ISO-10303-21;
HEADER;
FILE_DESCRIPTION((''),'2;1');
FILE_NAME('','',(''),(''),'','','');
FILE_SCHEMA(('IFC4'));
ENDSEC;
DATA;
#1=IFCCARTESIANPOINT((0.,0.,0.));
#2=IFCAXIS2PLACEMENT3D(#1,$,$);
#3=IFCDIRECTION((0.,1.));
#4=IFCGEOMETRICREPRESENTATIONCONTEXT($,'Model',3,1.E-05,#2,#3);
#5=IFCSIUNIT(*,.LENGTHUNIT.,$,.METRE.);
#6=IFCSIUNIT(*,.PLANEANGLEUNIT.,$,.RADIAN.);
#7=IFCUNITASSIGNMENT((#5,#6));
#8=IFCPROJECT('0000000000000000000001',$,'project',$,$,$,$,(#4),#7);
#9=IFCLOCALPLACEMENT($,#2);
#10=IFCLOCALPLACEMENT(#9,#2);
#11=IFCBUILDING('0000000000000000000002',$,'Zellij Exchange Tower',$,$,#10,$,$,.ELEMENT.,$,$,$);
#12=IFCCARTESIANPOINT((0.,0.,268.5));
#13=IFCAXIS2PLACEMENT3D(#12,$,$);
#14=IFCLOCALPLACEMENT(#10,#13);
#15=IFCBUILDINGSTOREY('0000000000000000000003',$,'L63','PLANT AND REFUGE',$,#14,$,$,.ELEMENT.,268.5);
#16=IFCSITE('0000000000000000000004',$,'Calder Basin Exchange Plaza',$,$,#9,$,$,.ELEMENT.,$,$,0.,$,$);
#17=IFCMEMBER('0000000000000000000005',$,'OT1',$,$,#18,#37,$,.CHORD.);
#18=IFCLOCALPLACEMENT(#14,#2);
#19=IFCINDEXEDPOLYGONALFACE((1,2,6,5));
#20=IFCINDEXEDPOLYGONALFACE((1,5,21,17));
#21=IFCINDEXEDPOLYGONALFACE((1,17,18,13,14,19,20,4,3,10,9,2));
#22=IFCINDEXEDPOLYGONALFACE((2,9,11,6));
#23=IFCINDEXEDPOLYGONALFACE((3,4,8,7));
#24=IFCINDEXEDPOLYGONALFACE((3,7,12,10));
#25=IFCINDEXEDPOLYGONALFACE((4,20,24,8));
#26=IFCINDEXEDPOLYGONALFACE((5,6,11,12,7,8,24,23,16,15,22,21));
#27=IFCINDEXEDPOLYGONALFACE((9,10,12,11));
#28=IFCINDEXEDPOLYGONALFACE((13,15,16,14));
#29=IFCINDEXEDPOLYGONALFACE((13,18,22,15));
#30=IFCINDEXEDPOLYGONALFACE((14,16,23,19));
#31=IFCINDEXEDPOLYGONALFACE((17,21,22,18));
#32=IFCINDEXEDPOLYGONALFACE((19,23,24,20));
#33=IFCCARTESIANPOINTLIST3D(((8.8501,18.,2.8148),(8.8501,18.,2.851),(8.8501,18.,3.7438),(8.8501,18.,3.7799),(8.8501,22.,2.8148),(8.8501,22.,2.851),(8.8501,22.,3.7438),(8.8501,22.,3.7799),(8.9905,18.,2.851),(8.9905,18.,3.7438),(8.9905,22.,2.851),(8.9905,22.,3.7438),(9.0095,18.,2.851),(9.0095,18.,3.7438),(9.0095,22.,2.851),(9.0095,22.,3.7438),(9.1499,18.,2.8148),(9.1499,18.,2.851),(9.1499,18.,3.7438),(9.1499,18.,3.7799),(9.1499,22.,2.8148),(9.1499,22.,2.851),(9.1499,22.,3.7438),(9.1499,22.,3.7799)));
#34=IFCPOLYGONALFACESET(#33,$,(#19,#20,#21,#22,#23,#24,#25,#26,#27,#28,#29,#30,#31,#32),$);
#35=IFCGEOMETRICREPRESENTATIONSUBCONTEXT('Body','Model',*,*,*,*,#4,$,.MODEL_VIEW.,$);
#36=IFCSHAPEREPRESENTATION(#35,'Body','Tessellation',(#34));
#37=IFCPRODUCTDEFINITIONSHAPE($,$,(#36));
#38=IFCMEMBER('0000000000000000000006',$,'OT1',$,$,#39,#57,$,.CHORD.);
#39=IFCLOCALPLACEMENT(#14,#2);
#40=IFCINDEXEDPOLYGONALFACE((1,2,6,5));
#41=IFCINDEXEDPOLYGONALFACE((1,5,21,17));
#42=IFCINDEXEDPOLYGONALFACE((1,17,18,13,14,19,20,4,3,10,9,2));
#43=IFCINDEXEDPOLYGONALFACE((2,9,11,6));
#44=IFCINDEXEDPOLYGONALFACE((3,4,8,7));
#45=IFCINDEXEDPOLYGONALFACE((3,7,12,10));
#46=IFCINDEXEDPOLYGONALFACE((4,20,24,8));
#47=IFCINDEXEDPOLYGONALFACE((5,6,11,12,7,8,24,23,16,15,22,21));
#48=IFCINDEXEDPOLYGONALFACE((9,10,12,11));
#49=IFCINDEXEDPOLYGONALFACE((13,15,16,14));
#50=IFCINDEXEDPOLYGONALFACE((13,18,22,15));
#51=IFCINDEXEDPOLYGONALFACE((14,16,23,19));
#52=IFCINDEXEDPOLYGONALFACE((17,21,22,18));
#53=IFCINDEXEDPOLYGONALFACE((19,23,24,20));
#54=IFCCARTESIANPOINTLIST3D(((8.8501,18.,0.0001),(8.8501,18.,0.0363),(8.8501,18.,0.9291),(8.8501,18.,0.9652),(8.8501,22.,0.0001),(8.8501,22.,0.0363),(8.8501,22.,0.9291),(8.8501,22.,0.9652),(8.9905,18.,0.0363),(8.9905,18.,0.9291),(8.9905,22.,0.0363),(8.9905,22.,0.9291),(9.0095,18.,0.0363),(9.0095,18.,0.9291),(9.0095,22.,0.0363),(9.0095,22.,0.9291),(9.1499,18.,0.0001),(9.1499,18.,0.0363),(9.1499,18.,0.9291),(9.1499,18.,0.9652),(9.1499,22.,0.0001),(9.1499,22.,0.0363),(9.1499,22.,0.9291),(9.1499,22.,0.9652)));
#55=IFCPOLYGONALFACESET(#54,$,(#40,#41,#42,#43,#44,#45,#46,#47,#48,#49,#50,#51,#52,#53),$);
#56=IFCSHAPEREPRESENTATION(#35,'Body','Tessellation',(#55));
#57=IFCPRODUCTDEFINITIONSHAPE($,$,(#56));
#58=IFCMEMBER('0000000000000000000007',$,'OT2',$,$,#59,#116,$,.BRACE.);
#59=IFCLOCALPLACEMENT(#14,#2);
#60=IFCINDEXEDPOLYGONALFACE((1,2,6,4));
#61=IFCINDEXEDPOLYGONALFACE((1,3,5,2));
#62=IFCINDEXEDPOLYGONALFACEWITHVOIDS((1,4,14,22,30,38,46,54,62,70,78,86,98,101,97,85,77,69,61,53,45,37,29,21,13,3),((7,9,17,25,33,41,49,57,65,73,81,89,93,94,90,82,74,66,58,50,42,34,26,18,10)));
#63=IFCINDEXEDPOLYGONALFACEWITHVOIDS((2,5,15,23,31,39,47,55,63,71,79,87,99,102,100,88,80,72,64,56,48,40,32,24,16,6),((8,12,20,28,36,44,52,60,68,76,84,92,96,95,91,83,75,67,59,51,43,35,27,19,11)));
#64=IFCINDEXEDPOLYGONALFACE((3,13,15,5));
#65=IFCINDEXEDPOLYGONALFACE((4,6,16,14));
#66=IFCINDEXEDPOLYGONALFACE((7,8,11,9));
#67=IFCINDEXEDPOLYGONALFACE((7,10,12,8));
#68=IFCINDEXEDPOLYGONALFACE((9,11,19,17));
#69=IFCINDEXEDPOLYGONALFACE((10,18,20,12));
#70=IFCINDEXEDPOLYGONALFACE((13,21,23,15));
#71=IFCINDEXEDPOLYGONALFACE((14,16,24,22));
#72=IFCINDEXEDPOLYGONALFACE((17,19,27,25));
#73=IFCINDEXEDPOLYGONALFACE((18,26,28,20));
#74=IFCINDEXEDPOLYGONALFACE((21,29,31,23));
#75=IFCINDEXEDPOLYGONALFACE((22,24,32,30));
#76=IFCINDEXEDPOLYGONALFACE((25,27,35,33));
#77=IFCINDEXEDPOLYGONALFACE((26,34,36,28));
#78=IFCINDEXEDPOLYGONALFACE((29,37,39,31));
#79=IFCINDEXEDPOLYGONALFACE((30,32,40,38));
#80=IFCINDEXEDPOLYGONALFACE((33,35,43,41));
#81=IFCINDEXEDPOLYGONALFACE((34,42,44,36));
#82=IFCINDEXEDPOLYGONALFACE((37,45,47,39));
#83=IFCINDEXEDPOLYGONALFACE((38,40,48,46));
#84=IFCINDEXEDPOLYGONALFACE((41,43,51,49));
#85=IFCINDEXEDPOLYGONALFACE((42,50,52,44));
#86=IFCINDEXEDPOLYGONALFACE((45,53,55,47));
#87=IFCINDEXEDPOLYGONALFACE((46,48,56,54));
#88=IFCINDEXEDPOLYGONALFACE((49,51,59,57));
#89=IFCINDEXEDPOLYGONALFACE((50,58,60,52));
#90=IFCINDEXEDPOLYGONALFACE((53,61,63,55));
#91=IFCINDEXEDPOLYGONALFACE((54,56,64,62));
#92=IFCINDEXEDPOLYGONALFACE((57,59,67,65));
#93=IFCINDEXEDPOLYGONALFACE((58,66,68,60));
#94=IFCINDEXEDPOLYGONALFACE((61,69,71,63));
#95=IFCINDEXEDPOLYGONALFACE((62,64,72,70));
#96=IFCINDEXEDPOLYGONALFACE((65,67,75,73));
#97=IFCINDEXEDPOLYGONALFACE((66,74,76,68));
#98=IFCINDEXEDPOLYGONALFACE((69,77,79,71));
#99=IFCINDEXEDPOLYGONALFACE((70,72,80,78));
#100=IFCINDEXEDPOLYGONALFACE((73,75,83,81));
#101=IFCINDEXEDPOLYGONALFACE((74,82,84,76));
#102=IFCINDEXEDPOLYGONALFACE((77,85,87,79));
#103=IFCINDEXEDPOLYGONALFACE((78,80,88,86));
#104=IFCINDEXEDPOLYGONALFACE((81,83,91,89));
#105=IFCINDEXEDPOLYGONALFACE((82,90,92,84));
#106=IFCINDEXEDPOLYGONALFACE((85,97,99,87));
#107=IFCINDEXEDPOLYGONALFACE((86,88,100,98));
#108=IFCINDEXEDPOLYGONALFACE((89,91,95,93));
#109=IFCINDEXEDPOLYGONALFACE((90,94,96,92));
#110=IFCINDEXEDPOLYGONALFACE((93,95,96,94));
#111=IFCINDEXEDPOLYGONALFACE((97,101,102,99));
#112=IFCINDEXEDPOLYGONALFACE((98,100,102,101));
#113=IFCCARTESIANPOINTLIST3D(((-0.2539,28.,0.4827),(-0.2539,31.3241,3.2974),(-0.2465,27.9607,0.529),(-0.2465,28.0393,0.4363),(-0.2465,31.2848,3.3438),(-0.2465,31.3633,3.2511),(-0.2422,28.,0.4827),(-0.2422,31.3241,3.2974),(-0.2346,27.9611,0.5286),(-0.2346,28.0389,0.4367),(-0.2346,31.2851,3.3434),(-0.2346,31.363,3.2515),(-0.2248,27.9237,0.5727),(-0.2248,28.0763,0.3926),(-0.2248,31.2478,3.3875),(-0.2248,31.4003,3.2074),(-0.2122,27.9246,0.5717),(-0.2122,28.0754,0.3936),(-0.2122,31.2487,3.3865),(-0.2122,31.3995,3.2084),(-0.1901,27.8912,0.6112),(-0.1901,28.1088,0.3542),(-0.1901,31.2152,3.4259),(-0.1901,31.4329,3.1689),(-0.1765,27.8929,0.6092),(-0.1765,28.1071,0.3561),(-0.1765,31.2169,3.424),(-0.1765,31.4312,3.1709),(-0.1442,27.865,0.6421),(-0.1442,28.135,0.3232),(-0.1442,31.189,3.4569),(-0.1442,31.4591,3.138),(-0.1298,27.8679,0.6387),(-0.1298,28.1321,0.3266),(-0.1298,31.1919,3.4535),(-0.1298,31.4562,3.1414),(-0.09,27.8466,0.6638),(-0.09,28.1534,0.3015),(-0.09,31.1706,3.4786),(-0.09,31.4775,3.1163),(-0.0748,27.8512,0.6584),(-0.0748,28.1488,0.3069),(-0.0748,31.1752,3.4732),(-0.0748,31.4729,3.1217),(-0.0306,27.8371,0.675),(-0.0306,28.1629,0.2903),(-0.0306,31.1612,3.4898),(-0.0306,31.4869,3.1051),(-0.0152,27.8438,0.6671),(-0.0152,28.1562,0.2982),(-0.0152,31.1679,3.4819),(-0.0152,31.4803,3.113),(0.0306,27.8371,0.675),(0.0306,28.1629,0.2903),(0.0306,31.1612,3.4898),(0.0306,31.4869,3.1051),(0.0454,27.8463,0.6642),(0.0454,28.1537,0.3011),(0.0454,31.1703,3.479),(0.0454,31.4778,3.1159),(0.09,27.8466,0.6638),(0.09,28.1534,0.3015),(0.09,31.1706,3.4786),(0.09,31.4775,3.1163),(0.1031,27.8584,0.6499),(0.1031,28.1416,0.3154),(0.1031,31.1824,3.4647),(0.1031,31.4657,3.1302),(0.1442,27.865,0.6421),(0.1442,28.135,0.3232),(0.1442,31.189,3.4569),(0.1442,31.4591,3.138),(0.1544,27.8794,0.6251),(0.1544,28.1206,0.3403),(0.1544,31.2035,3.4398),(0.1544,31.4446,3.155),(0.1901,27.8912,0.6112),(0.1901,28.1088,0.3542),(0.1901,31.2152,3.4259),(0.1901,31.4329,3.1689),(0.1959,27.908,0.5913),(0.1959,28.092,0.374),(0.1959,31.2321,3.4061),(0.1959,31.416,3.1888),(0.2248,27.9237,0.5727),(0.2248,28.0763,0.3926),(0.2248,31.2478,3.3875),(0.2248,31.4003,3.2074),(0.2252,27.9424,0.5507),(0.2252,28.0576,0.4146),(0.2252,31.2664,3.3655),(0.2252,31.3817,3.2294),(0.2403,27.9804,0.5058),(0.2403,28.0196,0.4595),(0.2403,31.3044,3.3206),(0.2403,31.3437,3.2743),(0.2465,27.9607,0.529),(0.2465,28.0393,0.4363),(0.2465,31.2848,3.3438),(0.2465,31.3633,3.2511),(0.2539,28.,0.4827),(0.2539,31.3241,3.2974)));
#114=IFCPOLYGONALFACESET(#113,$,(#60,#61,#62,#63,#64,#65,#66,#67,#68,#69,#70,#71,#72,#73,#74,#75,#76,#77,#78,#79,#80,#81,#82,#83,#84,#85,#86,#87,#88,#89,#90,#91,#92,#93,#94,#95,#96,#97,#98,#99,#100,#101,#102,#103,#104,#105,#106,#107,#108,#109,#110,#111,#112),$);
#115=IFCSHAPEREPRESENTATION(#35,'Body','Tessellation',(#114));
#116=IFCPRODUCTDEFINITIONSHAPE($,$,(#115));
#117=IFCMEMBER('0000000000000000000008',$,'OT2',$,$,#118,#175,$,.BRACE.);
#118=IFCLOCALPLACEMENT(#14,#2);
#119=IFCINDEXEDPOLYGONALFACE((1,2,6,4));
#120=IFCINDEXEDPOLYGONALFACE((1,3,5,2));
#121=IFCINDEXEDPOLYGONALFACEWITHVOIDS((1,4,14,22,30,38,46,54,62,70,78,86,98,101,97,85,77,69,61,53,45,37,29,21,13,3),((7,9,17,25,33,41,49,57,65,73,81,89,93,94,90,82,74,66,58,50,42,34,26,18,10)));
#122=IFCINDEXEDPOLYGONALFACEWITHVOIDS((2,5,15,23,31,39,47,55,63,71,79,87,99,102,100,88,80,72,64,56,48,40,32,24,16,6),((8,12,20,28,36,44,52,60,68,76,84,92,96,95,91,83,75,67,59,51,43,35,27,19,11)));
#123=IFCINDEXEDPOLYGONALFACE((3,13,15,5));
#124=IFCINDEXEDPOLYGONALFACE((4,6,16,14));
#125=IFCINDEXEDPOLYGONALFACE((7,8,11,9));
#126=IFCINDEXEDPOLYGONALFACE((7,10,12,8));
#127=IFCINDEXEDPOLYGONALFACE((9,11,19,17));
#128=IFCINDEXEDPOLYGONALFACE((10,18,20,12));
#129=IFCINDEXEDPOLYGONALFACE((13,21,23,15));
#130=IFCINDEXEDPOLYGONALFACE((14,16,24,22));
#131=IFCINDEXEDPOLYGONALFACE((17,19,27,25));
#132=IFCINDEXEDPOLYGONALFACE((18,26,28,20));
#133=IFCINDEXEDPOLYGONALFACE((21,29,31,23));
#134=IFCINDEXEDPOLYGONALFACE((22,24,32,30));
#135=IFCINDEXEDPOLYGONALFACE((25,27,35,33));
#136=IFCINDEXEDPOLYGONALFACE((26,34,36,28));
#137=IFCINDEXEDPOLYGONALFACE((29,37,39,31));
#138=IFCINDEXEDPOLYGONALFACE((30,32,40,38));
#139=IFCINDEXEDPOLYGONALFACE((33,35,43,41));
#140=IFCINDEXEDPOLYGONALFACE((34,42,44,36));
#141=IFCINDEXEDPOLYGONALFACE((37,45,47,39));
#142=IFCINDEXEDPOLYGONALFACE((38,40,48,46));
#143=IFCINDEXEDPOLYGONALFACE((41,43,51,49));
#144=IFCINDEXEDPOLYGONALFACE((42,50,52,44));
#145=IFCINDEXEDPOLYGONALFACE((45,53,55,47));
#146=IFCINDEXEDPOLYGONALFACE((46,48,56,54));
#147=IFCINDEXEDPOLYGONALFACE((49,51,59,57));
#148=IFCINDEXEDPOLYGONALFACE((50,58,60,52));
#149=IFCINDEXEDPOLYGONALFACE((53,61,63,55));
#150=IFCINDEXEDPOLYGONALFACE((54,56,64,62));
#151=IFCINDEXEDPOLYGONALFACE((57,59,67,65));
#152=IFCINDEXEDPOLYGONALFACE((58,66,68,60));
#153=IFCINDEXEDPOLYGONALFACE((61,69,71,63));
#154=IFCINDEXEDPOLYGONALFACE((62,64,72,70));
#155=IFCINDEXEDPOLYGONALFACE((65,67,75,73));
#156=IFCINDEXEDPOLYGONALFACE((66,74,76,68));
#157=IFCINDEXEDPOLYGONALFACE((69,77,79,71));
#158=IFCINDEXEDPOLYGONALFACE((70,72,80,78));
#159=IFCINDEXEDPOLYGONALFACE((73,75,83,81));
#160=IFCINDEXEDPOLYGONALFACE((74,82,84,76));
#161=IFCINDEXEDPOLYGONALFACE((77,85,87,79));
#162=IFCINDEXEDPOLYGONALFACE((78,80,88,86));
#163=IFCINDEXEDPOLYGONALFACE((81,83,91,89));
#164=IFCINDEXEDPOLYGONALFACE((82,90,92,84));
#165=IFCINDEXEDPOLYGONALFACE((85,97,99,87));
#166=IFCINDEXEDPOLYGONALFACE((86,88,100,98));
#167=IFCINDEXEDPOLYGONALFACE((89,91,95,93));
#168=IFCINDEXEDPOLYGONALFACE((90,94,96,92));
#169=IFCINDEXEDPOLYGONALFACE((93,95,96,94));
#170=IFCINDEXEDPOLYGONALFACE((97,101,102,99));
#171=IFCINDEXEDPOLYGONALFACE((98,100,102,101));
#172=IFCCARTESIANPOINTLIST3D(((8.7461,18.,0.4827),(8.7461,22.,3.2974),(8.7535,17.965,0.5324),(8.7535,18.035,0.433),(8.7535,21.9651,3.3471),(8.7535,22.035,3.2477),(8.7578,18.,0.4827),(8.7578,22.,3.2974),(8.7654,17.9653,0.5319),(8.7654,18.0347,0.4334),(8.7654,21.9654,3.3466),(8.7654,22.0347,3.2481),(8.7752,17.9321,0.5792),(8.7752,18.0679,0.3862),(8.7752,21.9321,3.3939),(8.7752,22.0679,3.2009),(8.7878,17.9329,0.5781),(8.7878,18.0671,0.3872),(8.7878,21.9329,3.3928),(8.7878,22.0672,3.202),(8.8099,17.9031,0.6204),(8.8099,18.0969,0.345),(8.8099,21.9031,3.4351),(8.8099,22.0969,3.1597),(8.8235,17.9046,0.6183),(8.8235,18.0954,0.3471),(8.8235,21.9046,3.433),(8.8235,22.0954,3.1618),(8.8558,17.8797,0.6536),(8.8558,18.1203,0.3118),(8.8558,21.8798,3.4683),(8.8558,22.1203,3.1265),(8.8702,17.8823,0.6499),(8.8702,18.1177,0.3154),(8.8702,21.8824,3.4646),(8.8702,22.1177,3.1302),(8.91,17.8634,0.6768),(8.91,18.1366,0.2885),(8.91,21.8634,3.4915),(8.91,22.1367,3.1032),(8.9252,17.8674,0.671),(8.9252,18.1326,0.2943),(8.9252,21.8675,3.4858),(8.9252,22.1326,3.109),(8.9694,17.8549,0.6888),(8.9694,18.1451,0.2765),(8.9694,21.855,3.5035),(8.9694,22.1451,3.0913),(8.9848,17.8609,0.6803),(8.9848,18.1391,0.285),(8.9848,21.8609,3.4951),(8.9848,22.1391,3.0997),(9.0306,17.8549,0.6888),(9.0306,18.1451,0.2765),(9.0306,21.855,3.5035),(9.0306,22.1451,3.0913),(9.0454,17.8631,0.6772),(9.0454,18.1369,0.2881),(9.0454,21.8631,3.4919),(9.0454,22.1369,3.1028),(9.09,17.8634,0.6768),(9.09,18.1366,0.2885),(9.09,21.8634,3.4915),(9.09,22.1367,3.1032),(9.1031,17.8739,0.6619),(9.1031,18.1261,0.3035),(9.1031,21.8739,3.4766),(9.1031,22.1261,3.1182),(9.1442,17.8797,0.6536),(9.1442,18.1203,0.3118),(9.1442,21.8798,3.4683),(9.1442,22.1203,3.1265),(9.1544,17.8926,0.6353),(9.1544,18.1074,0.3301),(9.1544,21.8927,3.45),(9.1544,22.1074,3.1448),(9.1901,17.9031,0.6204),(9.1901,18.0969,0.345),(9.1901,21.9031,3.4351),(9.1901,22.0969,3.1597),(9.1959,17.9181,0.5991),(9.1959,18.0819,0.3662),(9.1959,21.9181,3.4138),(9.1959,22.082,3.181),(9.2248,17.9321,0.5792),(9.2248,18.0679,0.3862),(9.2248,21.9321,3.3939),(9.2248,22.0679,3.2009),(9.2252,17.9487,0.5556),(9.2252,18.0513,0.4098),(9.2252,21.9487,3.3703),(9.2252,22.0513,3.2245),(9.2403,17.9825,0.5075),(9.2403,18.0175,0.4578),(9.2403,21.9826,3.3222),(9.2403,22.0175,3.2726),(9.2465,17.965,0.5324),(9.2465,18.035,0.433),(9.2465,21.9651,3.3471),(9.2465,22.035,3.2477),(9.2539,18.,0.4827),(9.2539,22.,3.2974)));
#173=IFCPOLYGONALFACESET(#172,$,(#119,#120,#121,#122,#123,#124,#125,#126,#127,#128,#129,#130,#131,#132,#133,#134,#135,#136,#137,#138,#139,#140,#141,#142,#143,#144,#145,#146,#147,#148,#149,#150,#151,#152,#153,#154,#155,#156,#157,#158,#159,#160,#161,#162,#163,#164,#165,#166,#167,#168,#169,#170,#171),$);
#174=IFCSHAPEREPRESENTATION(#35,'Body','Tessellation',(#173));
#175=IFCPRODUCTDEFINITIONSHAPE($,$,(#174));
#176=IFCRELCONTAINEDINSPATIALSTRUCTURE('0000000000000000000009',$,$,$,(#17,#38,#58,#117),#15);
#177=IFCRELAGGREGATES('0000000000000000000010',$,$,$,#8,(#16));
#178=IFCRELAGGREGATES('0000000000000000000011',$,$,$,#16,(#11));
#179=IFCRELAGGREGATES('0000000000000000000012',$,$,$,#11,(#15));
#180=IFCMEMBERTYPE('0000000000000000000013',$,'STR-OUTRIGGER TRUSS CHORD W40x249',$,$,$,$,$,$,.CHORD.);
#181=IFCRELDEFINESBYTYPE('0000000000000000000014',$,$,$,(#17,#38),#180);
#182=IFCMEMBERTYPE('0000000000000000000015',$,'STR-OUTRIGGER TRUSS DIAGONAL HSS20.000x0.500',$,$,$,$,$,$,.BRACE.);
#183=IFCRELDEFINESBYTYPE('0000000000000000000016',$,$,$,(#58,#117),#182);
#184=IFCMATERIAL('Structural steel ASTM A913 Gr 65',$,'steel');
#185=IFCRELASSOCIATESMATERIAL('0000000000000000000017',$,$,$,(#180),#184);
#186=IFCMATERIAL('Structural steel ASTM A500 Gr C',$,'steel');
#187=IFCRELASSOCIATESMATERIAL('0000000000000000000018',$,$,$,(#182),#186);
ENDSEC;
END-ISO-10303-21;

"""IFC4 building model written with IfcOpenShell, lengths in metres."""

from ifc_helpers import new_model, si_unit, direction, frame, origin, origin_2d, place, context, subcontext, project, spatial, hollow_circle, i_section, extrude, material, material_profile, profile_set, type_object, element, save


model = new_model("IFC4")

# Units and contexts
model_context = context("Model", 3, precision=1e-05, world=origin(), true_north=direction((0.0, 1.0)))
body_context = subcontext(model_context, "Body", "Model", "MODEL_VIEW")
ifc_project = project(units=[si_unit("LENGTHUNIT", "METRE"), si_unit("PLANEANGLEUNIT", "RADIAN")], contexts=[model_context])

# Site, building, storey
site_placement = place(None, origin())
site = spatial("IfcSite", under=ifc_project, at=site_placement, Name="Calder Basin Exchange Plaza", CompositionType="ELEMENT", RefElevation=0.0)
building_placement = place(site_placement, origin())
building = spatial("IfcBuilding", under=site, at=building_placement, Name="Zellij Exchange Tower", CompositionType="ELEMENT")
storey_placement = place(building_placement, frame((0.0, 0.0, 268.5)))
storey = spatial("IfcBuildingStorey", under=building, at=storey_placement, Name="L63", Description="PLANT AND REFUGE", CompositionType="ELEMENT", Elevation=268.5)

# Members
ifc_material_1 = material(Name="Structural steel ASTM A913 Gr 65", Category="steel")
ifc_material_profile_1 = material_profile(ifc_material_1, i_section(OverallWidth=0.2998, OverallDepth=0.9651, WebThickness=0.019, FlangeThickness=0.0361, at=origin_2d()), Name="W40x249")
ifc_profile_set_1 = profile_set([ifc_material_profile_1], Name="Structural steel ASTM A913 Gr 65")
member_type_1 = type_object("IfcMemberType", Name="STR-OUTRIGGER TRUSS CHORD W40x249", PredefinedType="CHORD", material=ifc_profile_set_1)
for number, where, z_axis, x_axis, name in (
    (1, (9.0, 18.0, 3.2974), (0.0, 1.0, 0.0), (-1.0, 0.0, 0.0), "OT1"),
    (2, (9.0, 18.0, 0.4827), (0.0, 1.0, 0.0), (-1.0, 0.0, 0.0), "OT1"),
):
    element("IfcMember", number, at=place(storey_placement, frame(where, z_axis=z_axis, x_axis=x_axis)), inside=storey, type_object=member_type_1, Name=name, PredefinedType="CHORD", context=body_context, shape_type="SweptSolid", body=[
        extrude(i_section(OverallWidth=0.2998, OverallDepth=0.9651, WebThickness=0.019, FlangeThickness=0.0361, at=origin_2d()), origin(), (0.0, 0.0, 1.0), 4.0),
    ])
ifc_material_2 = material(Name="Structural steel ASTM A500 Gr C", Category="steel")
ifc_material_profile_2 = material_profile(ifc_material_2, hollow_circle(Radius=0.2539, WallThickness=0.0117, at=origin_2d()), Name="STR-OUTRIGGER TRUSS DIAGONAL HSS20.000x0.500")
ifc_profile_set_2 = profile_set([ifc_material_profile_2], Name="Structural steel ASTM A500 Gr C")
member_type_2 = type_object("IfcMemberType", Name="STR-OUTRIGGER TRUSS DIAGONAL HSS20.000x0.500", PredefinedType="BRACE", material=ifc_profile_set_2)
member_1_placement = place(storey_placement, frame((0.0, 28.0, 0.4827), z_axis=(0.0, 0.763148, 0.646224), x_axis=(-1.0, 0.0, 0.0)))
element("IfcMember", 3, at=member_1_placement, inside=storey, type_object=member_type_2, Name="OT2", PredefinedType="BRACE", context=body_context, shape_type="SweptSolid", body=[
    extrude(hollow_circle(Radius=0.2539, WallThickness=0.0117, at=origin_2d()), origin(), (0.0, 0.0, 1.0), 4.3557),
])
member_2_placement = place(storey_placement, frame((9.0, 18.0, 0.4827), z_axis=(0.0, 0.817818, 0.575477), x_axis=(-1.0, 0.0, 0.0)))
element("IfcMember", 4, at=member_2_placement, inside=storey, type_object=member_type_2, Name="OT2", PredefinedType="BRACE", context=body_context, shape_type="SweptSolid", body=[
    extrude(hollow_circle(Radius=0.2539, WallThickness=0.0117, at=origin_2d()), origin(), (0.0, 0.0, 1.0), 4.8911),
])

save(model, "model.ifc")
